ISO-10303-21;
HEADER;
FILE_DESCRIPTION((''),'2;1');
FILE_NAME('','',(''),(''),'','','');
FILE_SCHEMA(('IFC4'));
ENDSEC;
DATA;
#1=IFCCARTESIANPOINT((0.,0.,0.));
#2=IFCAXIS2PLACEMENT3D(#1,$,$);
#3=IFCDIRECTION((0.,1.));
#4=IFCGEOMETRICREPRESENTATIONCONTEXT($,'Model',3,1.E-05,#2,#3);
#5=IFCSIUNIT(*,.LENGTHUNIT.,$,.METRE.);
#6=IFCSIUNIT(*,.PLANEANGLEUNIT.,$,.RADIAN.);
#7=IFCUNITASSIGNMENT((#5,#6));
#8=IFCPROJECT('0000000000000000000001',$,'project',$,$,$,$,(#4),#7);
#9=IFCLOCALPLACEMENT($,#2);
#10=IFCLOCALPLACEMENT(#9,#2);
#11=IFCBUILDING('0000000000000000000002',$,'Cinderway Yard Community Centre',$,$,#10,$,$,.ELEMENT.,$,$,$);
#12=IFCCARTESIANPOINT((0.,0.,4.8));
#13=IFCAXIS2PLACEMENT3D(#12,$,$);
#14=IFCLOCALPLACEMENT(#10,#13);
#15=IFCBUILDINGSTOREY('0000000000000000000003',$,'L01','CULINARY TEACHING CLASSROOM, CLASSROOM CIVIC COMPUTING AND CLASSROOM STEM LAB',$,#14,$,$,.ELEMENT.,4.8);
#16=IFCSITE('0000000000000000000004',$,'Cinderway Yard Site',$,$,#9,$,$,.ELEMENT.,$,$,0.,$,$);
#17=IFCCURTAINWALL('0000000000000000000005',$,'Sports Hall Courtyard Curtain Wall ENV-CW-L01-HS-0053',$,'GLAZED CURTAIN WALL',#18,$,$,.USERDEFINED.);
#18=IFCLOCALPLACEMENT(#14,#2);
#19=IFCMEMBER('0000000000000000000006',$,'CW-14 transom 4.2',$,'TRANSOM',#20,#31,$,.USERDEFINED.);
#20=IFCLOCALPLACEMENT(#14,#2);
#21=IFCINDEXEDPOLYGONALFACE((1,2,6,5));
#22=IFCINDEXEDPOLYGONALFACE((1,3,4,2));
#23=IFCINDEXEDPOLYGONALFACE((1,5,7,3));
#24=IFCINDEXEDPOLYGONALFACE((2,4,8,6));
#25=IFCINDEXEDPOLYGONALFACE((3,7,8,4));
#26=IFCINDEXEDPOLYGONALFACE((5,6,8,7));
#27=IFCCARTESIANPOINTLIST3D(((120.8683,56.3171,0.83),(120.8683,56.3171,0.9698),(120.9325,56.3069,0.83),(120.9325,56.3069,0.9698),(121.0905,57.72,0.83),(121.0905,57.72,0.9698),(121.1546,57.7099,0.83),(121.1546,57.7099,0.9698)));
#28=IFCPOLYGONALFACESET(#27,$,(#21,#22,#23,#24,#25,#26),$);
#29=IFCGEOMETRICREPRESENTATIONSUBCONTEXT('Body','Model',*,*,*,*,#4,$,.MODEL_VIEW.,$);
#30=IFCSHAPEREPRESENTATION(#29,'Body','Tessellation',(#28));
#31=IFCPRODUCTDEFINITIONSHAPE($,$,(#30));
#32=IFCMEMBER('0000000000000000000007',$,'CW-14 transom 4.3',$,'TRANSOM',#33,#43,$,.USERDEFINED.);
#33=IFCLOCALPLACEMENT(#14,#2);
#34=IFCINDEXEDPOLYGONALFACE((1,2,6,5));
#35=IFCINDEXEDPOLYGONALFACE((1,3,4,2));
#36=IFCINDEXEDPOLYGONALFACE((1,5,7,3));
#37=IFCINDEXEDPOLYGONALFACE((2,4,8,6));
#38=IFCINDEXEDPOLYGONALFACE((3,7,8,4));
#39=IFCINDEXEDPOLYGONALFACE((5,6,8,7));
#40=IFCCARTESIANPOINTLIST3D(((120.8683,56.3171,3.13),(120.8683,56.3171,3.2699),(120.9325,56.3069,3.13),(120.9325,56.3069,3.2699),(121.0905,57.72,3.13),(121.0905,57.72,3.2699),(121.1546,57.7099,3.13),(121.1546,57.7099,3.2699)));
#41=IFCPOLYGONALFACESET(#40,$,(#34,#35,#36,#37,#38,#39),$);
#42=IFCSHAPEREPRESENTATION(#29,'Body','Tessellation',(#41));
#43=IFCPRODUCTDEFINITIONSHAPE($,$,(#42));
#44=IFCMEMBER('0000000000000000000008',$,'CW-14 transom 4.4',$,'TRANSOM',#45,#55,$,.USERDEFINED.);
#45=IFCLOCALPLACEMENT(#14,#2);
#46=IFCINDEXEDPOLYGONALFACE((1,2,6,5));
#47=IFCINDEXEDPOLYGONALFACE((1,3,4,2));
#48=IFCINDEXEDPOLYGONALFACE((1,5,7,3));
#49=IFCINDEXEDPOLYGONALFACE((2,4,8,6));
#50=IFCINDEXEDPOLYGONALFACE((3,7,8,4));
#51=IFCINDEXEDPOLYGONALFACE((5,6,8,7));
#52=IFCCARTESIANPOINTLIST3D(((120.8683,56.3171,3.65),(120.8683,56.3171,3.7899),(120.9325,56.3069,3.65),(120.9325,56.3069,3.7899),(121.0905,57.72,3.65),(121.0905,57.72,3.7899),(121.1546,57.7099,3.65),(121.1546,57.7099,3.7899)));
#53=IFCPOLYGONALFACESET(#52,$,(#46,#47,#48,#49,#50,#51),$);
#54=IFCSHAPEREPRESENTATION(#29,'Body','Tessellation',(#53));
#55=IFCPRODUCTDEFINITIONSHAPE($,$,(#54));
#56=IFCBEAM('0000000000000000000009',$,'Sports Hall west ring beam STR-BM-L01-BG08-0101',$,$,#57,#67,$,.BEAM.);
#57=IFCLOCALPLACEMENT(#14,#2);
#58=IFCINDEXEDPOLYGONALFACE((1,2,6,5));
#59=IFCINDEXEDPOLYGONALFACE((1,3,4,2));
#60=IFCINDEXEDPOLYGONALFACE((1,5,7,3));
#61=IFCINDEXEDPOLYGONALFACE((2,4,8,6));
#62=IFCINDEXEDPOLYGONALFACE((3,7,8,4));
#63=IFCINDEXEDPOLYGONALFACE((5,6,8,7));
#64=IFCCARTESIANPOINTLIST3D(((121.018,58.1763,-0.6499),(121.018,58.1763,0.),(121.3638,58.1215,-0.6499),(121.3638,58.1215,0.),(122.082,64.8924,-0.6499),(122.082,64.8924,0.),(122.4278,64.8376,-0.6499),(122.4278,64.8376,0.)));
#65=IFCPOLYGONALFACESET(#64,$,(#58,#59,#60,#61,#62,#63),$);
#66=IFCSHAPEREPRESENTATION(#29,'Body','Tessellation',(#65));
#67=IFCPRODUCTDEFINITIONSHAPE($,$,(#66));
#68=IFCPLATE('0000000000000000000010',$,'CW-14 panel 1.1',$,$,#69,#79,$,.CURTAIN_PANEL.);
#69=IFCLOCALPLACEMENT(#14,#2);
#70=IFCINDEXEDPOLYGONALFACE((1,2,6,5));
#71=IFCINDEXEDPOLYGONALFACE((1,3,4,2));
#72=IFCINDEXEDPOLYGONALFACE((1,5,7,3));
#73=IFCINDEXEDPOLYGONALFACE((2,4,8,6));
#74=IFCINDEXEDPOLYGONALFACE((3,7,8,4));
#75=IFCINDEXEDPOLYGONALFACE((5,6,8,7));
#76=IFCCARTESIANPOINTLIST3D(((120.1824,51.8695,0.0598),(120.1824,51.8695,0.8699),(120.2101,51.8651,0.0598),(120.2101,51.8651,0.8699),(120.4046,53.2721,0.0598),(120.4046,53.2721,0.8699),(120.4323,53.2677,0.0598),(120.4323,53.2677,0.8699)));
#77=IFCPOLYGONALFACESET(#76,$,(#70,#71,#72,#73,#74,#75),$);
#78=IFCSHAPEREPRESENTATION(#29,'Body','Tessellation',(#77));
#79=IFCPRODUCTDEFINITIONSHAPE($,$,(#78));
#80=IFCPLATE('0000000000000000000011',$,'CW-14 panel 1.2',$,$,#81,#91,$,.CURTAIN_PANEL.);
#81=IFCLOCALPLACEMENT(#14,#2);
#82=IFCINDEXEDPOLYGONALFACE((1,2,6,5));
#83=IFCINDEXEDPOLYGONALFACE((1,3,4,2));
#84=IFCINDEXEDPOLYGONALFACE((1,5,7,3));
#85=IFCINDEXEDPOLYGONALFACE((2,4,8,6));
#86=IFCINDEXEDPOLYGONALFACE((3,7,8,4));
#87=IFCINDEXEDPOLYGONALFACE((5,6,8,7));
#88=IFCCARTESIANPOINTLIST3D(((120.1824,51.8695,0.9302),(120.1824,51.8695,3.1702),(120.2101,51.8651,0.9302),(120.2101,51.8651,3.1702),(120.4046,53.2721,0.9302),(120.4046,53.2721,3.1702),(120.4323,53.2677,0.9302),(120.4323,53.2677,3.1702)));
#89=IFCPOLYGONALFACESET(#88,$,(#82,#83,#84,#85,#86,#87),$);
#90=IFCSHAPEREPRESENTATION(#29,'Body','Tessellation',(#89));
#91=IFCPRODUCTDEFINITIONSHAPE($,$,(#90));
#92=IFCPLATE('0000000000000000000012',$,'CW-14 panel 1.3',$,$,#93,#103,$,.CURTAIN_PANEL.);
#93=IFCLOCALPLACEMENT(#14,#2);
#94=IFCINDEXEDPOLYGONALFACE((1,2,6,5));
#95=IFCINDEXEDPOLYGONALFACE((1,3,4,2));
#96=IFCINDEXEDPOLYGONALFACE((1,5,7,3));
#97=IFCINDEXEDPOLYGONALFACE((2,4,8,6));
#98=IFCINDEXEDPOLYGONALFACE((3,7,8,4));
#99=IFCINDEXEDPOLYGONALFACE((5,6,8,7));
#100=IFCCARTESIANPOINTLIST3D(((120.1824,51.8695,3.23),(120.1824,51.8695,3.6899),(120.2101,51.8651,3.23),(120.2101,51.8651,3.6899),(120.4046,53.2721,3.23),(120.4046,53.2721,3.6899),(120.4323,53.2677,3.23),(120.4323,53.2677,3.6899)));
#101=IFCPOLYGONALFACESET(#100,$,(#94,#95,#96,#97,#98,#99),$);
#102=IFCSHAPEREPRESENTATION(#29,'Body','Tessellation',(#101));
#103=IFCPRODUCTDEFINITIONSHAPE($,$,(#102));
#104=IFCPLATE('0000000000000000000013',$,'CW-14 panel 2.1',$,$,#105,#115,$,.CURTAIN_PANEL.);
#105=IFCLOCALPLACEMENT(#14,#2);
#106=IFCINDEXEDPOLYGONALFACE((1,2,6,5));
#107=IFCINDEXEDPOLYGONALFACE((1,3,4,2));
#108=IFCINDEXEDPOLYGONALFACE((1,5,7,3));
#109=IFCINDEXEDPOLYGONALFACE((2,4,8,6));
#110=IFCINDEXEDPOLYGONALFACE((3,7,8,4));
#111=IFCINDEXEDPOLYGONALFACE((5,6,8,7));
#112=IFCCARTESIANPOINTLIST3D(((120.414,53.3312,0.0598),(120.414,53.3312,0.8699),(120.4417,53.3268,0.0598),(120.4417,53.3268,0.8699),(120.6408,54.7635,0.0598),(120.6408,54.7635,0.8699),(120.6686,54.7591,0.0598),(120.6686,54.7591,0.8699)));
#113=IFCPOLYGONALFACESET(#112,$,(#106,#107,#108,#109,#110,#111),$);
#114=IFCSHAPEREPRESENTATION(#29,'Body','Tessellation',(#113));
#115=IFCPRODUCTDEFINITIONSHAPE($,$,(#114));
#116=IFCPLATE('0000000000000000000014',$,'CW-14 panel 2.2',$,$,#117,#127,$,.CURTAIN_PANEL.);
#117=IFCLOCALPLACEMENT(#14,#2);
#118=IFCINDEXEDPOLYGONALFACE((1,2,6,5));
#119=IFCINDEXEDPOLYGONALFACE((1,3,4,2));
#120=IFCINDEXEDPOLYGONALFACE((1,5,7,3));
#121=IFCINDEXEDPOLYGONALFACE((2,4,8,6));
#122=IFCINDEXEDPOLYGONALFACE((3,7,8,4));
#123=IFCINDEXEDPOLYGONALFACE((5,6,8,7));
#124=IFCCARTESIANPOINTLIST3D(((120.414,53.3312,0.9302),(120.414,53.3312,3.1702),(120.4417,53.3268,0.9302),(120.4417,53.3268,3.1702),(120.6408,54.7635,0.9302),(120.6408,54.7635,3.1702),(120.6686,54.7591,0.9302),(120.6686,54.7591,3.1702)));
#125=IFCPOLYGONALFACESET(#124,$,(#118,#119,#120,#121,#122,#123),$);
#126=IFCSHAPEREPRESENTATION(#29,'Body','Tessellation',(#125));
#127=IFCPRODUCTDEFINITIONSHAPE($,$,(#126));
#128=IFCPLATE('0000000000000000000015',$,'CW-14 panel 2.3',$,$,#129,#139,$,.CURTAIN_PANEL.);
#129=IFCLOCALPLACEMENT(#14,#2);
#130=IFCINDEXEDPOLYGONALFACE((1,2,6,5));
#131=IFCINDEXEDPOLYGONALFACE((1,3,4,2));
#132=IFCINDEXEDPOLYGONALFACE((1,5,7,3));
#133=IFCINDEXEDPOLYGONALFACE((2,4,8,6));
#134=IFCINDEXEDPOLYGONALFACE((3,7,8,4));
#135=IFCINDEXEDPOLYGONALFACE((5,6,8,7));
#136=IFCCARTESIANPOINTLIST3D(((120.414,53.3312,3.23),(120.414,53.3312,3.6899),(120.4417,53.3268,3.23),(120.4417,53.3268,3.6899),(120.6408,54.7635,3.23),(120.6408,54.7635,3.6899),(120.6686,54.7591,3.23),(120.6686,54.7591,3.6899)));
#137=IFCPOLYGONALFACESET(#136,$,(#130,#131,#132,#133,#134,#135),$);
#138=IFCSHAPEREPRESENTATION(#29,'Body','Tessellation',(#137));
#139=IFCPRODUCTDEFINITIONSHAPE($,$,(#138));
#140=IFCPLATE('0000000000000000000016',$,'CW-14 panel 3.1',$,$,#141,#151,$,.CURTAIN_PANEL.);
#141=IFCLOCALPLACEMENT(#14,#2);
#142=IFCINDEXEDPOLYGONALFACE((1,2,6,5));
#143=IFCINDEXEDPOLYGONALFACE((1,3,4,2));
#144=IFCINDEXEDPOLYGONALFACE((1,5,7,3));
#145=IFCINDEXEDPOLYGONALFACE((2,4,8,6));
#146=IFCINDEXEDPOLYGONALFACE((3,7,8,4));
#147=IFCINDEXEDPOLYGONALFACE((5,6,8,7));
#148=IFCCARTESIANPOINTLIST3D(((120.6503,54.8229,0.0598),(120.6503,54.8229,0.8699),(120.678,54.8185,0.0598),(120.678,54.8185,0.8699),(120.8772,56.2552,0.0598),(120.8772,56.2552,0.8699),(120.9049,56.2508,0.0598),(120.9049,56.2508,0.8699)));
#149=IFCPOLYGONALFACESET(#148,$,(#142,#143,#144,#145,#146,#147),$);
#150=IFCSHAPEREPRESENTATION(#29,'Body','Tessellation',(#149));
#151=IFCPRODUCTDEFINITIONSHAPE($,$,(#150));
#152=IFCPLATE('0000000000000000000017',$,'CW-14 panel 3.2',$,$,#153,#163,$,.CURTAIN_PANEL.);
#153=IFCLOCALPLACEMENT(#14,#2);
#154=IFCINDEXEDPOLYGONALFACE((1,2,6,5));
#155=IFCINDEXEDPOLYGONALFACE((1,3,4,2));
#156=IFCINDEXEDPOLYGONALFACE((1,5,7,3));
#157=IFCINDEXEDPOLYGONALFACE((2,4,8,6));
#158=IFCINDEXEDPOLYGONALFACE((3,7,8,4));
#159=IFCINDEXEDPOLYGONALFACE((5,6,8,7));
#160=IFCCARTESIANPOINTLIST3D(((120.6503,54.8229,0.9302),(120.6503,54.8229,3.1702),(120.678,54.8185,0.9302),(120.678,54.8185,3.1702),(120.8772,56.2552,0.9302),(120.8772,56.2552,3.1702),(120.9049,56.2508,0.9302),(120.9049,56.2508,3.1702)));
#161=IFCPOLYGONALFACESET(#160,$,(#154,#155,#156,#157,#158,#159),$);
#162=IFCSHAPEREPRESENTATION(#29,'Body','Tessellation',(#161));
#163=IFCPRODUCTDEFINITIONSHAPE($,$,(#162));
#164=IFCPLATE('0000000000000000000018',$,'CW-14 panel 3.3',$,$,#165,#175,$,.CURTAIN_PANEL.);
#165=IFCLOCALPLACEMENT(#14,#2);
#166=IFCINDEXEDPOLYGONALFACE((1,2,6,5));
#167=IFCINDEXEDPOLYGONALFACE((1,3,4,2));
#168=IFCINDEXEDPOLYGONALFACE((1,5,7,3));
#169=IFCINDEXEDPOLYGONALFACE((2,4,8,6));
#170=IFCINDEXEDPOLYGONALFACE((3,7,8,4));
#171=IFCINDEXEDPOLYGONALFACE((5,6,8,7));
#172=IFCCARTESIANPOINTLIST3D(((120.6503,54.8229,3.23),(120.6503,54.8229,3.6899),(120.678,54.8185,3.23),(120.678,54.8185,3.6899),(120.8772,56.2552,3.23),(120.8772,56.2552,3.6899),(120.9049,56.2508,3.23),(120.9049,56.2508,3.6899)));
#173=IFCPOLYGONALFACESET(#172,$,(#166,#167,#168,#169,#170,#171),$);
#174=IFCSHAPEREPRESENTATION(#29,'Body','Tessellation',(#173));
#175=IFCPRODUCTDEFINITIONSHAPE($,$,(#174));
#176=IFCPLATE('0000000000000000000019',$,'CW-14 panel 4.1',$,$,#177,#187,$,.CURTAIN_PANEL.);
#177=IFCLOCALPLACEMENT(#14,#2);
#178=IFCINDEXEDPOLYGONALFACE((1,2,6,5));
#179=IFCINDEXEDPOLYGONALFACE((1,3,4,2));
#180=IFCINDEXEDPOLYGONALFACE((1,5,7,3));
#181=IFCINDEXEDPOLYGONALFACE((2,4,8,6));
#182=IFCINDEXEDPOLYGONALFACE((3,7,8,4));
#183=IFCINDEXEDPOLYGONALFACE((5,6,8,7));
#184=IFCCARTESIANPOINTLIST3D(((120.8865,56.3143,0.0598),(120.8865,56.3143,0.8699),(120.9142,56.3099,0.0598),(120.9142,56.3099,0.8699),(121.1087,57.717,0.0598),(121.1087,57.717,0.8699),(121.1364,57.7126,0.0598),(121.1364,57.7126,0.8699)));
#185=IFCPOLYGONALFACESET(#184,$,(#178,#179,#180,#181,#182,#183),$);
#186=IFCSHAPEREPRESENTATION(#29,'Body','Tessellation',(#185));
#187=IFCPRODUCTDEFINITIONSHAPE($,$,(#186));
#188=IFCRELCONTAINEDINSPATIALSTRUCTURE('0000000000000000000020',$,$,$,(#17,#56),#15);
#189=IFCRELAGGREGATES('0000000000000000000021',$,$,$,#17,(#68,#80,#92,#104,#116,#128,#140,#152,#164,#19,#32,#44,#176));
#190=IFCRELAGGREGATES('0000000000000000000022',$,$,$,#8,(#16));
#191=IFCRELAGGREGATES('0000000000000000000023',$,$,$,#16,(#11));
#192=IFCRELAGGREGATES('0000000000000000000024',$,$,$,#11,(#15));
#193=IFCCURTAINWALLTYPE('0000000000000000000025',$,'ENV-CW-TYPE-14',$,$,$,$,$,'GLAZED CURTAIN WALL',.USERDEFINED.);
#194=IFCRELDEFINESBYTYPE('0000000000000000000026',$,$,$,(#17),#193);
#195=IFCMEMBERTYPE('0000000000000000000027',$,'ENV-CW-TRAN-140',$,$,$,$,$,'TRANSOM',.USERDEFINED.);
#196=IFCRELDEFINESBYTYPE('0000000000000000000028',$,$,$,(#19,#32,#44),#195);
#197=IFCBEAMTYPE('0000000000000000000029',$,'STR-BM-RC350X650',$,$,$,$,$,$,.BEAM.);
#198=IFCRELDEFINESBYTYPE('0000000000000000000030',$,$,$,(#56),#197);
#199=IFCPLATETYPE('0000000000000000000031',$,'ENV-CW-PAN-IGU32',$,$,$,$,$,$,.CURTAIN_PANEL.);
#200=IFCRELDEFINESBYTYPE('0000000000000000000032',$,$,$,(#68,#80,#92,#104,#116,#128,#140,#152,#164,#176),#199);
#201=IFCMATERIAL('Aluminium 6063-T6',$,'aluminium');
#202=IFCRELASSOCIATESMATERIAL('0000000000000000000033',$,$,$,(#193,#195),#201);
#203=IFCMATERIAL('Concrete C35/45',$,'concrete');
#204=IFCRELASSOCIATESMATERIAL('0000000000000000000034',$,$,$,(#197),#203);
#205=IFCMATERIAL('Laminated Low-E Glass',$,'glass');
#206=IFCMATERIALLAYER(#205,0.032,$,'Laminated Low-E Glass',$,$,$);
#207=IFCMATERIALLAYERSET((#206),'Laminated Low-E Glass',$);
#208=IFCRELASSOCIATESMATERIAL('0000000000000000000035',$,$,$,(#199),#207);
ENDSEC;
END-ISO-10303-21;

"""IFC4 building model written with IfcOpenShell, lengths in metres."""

from ifc_helpers import new_model, si_unit, direction, frame, origin, origin_2d, place, context, subcontext, project, spatial, rectangle, extrude, material, layer, layer_set, material_profile, profile_set, type_object, element, aggregate, save


model = new_model("IFC4")

# Units and contexts
model_context = context("Model", 3, precision=1e-05, world=origin(), true_north=direction((0.0, 1.0)))
body_context = subcontext(model_context, "Body", "Model", "MODEL_VIEW")
ifc_project = project(units=[si_unit("LENGTHUNIT", "METRE"), si_unit("PLANEANGLEUNIT", "RADIAN")], contexts=[model_context])

# Site, building, storey
site_placement = place(None, origin())
site = spatial("IfcSite", under=ifc_project, at=site_placement, Name="Cinderway Yard Site", CompositionType="ELEMENT", RefElevation=0.0)
building_placement = place(site_placement, origin())
building = spatial("IfcBuilding", under=site, at=building_placement, Name="Cinderway Yard Community Centre", CompositionType="ELEMENT")
storey_placement = place(building_placement, frame((0.0, 0.0, 4.8)))
storey = spatial("IfcBuildingStorey", under=building, at=storey_placement, Name="L01", Description="CULINARY TEACHING CLASSROOM, CLASSROOM CIVIC COMPUTING AND CLASSROOM STEM LAB", CompositionType="ELEMENT", Elevation=4.8)

# Curtain wall, members
ifc_material_1 = material(Name="Aluminium 6063-T6", Category="aluminium")
curtain_wall_type = type_object("IfcCurtainWallType", Name="ENV-CW-TYPE-14", ElementType="GLAZED CURTAIN WALL", PredefinedType="USERDEFINED", material=ifc_material_1)
curtain_wall_placement = place(storey_placement, origin())
curtain_wall = element("IfcCurtainWall", 1, at=curtain_wall_placement, inside=storey, type_object=curtain_wall_type, Name="Sports Hall Courtyard Curtain Wall ENV-CW-L01-HS-0053", ObjectType="GLAZED CURTAIN WALL", PredefinedType="USERDEFINED")
ifc_material_profile_1 = material_profile(ifc_material_1, rectangle(XDim=0.0649, YDim=0.1399, at=origin_2d()), Name="Aluminium 6063-T6")
ifc_profile_set_1 = profile_set([ifc_material_profile_1], Name="Aluminium 6063-T6")
member_type_1 = type_object("IfcMemberType", Name="ENV-CW-TRAN-140", ElementType="TRANSOM", PredefinedType="USERDEFINED", material=ifc_profile_set_1)
member_1_placement = place(storey_placement, frame((120.9004, 56.312, 0.8999), z_axis=(0.156422, 0.98769, 0.0), x_axis=(-0.98769, 0.156422, 0.0)))
member_1 = element("IfcMember", 2, at=member_1_placement, type_object=member_type_1, Name="CW-14 transom 4.2", ObjectType="TRANSOM", PredefinedType="USERDEFINED", context=body_context, shape_type="SweptSolid", body=[
    extrude(rectangle(XDim=0.0649, YDim=0.1399, at=origin_2d()), origin(), (0.0, 0.0, 1.0), 1.4204),
])
member_2_placement = place(storey_placement, frame((120.9004, 56.312, 3.2), z_axis=(0.156422, 0.98769, 0.0), x_axis=(-0.98769, 0.156422, 0.0)))
member_2 = element("IfcMember", 3, at=member_2_placement, type_object=member_type_1, Name="CW-14 transom 4.3", ObjectType="TRANSOM", PredefinedType="USERDEFINED", context=body_context, shape_type="SweptSolid", body=[
    extrude(rectangle(XDim=0.0649, YDim=0.1399, at=origin_2d()), origin(), (0.0, 0.0, 1.0), 1.4204),
])
member_3_placement = place(storey_placement, frame((120.9004, 56.312, 3.72), z_axis=(0.156422, 0.98769, 0.0), x_axis=(-0.98769, 0.156422, 0.0)))
member_3 = element("IfcMember", 4, at=member_3_placement, type_object=member_type_1, Name="CW-14 transom 4.4", ObjectType="TRANSOM", PredefinedType="USERDEFINED", context=body_context, shape_type="SweptSolid", body=[
    extrude(rectangle(XDim=0.0649, YDim=0.1399, at=origin_2d()), origin(), (0.0, 0.0, 1.0), 1.4204),
])

# Beam
ifc_material_2 = material(Name="Concrete C35/45", Category="concrete")
ifc_material_profile_2 = material_profile(ifc_material_2, rectangle(XDim=0.3501, YDim=0.6499, at=origin_2d()), Name="Concrete C35/45")
ifc_profile_set_2 = profile_set([ifc_material_profile_2], Name="Concrete C35/45")
beam_type = type_object("IfcBeamType", Name="STR-BM-RC350X650", PredefinedType="BEAM", material=ifc_profile_set_2)
beam_placement = place(storey_placement, frame((121.1909, 58.1489, -0.325), z_axis=(0.15647, 0.987683, 0.0), x_axis=(-0.987683, 0.15647, 0.0)))
element("IfcBeam", 5, at=beam_placement, inside=storey, type_object=beam_type, Name="Sports Hall west ring beam STR-BM-L01-BG08-0101", PredefinedType="BEAM", context=body_context, shape_type="SweptSolid", body=[
    extrude(rectangle(XDim=0.3501, YDim=0.6499, at=origin_2d()), origin(), (0.0, 0.0, 1.0), 6.7998),
])

# Plates
ifc_material_3 = material(Name="Laminated Low-E Glass", Category="glass")
ifc_layer_1 = layer(ifc_material_3, 0.032, Name="Laminated Low-E Glass")
ifc_layer_set_1 = layer_set([ifc_layer_1], Name="Laminated Low-E Glass")
plate_type = type_object("IfcPlateType", Name="ENV-CW-PAN-IGU32", PredefinedType="CURTAIN_PANEL", material=ifc_layer_set_1)
plate_1_placement = place(storey_placement, frame((120.3074, 52.5686, 0.0598), z_axis=(0.0, 0.0, 1.0), x_axis=(0.156447, 0.987686, 0.0)))
plate_1 = element("IfcPlate", 6, at=plate_1_placement, type_object=plate_type, Name="CW-14 panel 1.1", PredefinedType="CURTAIN_PANEL", context=body_context, shape_type="SweptSolid", body=[
    extrude(rectangle(XDim=1.4202, YDim=0.0281, at=origin_2d()), origin(), (0.0, 0.0, 1.0), 0.8101),
])
plate_2_placement = place(storey_placement, frame((120.3074, 52.5686, 0.9302), z_axis=(0.0, 0.0, 1.0), x_axis=(0.156447, 0.987686, 0.0)))
plate_2 = element("IfcPlate", 7, at=plate_2_placement, type_object=plate_type, Name="CW-14 panel 1.2", PredefinedType="CURTAIN_PANEL", context=body_context, shape_type="SweptSolid", body=[
    extrude(rectangle(XDim=1.4202, YDim=0.0281, at=origin_2d()), origin(), (0.0, 0.0, 1.0), 2.24),
])
plate_3_placement = place(storey_placement, frame((120.3074, 52.5686, 3.23), z_axis=(0.0, 0.0, 1.0), x_axis=(0.156447, 0.987686, 0.0)))
plate_3 = element("IfcPlate", 8, at=plate_3_placement, type_object=plate_type, Name="CW-14 panel 1.3", PredefinedType="CURTAIN_PANEL", context=body_context, shape_type="SweptSolid", body=[
    extrude(rectangle(XDim=1.4202, YDim=0.0281, at=origin_2d()), origin(), (0.0, 0.0, 1.0), 0.46),
])
plate_4_placement = place(storey_placement, frame((120.5413, 54.0452, 0.0598), z_axis=(0.0, 0.0, 1.0), x_axis=(0.156447, 0.987686, 0.0)))
plate_4 = element("IfcPlate", 9, at=plate_4_placement, type_object=plate_type, Name="CW-14 panel 2.1", PredefinedType="CURTAIN_PANEL", context=body_context, shape_type="SweptSolid", body=[
    extrude(rectangle(XDim=1.4502, YDim=0.0281, at=origin_2d()), origin(), (0.0, 0.0, 1.0), 0.8101),
])
plate_5_placement = place(storey_placement, frame((120.5413, 54.0452, 0.9302), z_axis=(0.0, 0.0, 1.0), x_axis=(0.156447, 0.987686, 0.0)))
plate_5 = element("IfcPlate", 10, at=plate_5_placement, type_object=plate_type, Name="CW-14 panel 2.2", PredefinedType="CURTAIN_PANEL", context=body_context, shape_type="SweptSolid", body=[
    extrude(rectangle(XDim=1.4502, YDim=0.0281, at=origin_2d()), origin(), (0.0, 0.0, 1.0), 2.24),
])
plate_6_placement = place(storey_placement, frame((120.5413, 54.0452, 3.23), z_axis=(0.0, 0.0, 1.0), x_axis=(0.156447, 0.987686, 0.0)))
plate_6 = element("IfcPlate", 11, at=plate_6_placement, type_object=plate_type, Name="CW-14 panel 2.3", PredefinedType="CURTAIN_PANEL", context=body_context, shape_type="SweptSolid", body=[
    extrude(rectangle(XDim=1.4502, YDim=0.0281, at=origin_2d()), origin(), (0.0, 0.0, 1.0), 0.46),
])
plate_7_placement = place(storey_placement, frame((120.7776, 55.5369, 0.0598), z_axis=(0.0, 0.0, 1.0), x_axis=(0.156447, 0.987686, 0.0)))
plate_7 = element("IfcPlate", 12, at=plate_7_placement, type_object=plate_type, Name="CW-14 panel 3.1", PredefinedType="CURTAIN_PANEL", context=body_context, shape_type="SweptSolid", body=[
    extrude(rectangle(XDim=1.4502, YDim=0.0281, at=origin_2d()), origin(), (0.0, 0.0, 1.0), 0.8101),
])
plate_8_placement = place(storey_placement, frame((120.7776, 55.5369, 0.9302), z_axis=(0.0, 0.0, 1.0), x_axis=(0.156447, 0.987686, 0.0)))
plate_8 = element("IfcPlate", 13, at=plate_8_placement, type_object=plate_type, Name="CW-14 panel 3.2", PredefinedType="CURTAIN_PANEL", context=body_context, shape_type="SweptSolid", body=[
    extrude(rectangle(XDim=1.4502, YDim=0.0281, at=origin_2d()), origin(), (0.0, 0.0, 1.0), 2.24),
])
plate_9_placement = place(storey_placement, frame((120.7776, 55.5369, 3.23), z_axis=(0.0, 0.0, 1.0), x_axis=(0.156447, 0.987686, 0.0)))
plate_9 = element("IfcPlate", 14, at=plate_9_placement, type_object=plate_type, Name="CW-14 panel 3.3", PredefinedType="CURTAIN_PANEL", context=body_context, shape_type="SweptSolid", body=[
    extrude(rectangle(XDim=1.4502, YDim=0.0281, at=origin_2d()), origin(), (0.0, 0.0, 1.0), 0.46),
])
plate_10_placement = place(storey_placement, frame((121.0115, 57.0134, 0.0598), z_axis=(0.0, 0.0, 1.0), x_axis=(0.156447, 0.987686, 0.0)))
plate_10 = element("IfcPlate", 15, at=plate_10_placement, type_object=plate_type, Name="CW-14 panel 4.1", PredefinedType="CURTAIN_PANEL", context=body_context, shape_type="SweptSolid", body=[
    extrude(rectangle(XDim=1.4202, YDim=0.0281, at=origin_2d()), origin(), (0.0, 0.0, 1.0), 0.8101),
])
aggregate(curtain_wall, [plate_1, plate_2, plate_3, plate_4, plate_5, plate_6, plate_7, plate_8, plate_9, member_1, member_2, member_3, plate_10])

save(model, "model.ifc")
